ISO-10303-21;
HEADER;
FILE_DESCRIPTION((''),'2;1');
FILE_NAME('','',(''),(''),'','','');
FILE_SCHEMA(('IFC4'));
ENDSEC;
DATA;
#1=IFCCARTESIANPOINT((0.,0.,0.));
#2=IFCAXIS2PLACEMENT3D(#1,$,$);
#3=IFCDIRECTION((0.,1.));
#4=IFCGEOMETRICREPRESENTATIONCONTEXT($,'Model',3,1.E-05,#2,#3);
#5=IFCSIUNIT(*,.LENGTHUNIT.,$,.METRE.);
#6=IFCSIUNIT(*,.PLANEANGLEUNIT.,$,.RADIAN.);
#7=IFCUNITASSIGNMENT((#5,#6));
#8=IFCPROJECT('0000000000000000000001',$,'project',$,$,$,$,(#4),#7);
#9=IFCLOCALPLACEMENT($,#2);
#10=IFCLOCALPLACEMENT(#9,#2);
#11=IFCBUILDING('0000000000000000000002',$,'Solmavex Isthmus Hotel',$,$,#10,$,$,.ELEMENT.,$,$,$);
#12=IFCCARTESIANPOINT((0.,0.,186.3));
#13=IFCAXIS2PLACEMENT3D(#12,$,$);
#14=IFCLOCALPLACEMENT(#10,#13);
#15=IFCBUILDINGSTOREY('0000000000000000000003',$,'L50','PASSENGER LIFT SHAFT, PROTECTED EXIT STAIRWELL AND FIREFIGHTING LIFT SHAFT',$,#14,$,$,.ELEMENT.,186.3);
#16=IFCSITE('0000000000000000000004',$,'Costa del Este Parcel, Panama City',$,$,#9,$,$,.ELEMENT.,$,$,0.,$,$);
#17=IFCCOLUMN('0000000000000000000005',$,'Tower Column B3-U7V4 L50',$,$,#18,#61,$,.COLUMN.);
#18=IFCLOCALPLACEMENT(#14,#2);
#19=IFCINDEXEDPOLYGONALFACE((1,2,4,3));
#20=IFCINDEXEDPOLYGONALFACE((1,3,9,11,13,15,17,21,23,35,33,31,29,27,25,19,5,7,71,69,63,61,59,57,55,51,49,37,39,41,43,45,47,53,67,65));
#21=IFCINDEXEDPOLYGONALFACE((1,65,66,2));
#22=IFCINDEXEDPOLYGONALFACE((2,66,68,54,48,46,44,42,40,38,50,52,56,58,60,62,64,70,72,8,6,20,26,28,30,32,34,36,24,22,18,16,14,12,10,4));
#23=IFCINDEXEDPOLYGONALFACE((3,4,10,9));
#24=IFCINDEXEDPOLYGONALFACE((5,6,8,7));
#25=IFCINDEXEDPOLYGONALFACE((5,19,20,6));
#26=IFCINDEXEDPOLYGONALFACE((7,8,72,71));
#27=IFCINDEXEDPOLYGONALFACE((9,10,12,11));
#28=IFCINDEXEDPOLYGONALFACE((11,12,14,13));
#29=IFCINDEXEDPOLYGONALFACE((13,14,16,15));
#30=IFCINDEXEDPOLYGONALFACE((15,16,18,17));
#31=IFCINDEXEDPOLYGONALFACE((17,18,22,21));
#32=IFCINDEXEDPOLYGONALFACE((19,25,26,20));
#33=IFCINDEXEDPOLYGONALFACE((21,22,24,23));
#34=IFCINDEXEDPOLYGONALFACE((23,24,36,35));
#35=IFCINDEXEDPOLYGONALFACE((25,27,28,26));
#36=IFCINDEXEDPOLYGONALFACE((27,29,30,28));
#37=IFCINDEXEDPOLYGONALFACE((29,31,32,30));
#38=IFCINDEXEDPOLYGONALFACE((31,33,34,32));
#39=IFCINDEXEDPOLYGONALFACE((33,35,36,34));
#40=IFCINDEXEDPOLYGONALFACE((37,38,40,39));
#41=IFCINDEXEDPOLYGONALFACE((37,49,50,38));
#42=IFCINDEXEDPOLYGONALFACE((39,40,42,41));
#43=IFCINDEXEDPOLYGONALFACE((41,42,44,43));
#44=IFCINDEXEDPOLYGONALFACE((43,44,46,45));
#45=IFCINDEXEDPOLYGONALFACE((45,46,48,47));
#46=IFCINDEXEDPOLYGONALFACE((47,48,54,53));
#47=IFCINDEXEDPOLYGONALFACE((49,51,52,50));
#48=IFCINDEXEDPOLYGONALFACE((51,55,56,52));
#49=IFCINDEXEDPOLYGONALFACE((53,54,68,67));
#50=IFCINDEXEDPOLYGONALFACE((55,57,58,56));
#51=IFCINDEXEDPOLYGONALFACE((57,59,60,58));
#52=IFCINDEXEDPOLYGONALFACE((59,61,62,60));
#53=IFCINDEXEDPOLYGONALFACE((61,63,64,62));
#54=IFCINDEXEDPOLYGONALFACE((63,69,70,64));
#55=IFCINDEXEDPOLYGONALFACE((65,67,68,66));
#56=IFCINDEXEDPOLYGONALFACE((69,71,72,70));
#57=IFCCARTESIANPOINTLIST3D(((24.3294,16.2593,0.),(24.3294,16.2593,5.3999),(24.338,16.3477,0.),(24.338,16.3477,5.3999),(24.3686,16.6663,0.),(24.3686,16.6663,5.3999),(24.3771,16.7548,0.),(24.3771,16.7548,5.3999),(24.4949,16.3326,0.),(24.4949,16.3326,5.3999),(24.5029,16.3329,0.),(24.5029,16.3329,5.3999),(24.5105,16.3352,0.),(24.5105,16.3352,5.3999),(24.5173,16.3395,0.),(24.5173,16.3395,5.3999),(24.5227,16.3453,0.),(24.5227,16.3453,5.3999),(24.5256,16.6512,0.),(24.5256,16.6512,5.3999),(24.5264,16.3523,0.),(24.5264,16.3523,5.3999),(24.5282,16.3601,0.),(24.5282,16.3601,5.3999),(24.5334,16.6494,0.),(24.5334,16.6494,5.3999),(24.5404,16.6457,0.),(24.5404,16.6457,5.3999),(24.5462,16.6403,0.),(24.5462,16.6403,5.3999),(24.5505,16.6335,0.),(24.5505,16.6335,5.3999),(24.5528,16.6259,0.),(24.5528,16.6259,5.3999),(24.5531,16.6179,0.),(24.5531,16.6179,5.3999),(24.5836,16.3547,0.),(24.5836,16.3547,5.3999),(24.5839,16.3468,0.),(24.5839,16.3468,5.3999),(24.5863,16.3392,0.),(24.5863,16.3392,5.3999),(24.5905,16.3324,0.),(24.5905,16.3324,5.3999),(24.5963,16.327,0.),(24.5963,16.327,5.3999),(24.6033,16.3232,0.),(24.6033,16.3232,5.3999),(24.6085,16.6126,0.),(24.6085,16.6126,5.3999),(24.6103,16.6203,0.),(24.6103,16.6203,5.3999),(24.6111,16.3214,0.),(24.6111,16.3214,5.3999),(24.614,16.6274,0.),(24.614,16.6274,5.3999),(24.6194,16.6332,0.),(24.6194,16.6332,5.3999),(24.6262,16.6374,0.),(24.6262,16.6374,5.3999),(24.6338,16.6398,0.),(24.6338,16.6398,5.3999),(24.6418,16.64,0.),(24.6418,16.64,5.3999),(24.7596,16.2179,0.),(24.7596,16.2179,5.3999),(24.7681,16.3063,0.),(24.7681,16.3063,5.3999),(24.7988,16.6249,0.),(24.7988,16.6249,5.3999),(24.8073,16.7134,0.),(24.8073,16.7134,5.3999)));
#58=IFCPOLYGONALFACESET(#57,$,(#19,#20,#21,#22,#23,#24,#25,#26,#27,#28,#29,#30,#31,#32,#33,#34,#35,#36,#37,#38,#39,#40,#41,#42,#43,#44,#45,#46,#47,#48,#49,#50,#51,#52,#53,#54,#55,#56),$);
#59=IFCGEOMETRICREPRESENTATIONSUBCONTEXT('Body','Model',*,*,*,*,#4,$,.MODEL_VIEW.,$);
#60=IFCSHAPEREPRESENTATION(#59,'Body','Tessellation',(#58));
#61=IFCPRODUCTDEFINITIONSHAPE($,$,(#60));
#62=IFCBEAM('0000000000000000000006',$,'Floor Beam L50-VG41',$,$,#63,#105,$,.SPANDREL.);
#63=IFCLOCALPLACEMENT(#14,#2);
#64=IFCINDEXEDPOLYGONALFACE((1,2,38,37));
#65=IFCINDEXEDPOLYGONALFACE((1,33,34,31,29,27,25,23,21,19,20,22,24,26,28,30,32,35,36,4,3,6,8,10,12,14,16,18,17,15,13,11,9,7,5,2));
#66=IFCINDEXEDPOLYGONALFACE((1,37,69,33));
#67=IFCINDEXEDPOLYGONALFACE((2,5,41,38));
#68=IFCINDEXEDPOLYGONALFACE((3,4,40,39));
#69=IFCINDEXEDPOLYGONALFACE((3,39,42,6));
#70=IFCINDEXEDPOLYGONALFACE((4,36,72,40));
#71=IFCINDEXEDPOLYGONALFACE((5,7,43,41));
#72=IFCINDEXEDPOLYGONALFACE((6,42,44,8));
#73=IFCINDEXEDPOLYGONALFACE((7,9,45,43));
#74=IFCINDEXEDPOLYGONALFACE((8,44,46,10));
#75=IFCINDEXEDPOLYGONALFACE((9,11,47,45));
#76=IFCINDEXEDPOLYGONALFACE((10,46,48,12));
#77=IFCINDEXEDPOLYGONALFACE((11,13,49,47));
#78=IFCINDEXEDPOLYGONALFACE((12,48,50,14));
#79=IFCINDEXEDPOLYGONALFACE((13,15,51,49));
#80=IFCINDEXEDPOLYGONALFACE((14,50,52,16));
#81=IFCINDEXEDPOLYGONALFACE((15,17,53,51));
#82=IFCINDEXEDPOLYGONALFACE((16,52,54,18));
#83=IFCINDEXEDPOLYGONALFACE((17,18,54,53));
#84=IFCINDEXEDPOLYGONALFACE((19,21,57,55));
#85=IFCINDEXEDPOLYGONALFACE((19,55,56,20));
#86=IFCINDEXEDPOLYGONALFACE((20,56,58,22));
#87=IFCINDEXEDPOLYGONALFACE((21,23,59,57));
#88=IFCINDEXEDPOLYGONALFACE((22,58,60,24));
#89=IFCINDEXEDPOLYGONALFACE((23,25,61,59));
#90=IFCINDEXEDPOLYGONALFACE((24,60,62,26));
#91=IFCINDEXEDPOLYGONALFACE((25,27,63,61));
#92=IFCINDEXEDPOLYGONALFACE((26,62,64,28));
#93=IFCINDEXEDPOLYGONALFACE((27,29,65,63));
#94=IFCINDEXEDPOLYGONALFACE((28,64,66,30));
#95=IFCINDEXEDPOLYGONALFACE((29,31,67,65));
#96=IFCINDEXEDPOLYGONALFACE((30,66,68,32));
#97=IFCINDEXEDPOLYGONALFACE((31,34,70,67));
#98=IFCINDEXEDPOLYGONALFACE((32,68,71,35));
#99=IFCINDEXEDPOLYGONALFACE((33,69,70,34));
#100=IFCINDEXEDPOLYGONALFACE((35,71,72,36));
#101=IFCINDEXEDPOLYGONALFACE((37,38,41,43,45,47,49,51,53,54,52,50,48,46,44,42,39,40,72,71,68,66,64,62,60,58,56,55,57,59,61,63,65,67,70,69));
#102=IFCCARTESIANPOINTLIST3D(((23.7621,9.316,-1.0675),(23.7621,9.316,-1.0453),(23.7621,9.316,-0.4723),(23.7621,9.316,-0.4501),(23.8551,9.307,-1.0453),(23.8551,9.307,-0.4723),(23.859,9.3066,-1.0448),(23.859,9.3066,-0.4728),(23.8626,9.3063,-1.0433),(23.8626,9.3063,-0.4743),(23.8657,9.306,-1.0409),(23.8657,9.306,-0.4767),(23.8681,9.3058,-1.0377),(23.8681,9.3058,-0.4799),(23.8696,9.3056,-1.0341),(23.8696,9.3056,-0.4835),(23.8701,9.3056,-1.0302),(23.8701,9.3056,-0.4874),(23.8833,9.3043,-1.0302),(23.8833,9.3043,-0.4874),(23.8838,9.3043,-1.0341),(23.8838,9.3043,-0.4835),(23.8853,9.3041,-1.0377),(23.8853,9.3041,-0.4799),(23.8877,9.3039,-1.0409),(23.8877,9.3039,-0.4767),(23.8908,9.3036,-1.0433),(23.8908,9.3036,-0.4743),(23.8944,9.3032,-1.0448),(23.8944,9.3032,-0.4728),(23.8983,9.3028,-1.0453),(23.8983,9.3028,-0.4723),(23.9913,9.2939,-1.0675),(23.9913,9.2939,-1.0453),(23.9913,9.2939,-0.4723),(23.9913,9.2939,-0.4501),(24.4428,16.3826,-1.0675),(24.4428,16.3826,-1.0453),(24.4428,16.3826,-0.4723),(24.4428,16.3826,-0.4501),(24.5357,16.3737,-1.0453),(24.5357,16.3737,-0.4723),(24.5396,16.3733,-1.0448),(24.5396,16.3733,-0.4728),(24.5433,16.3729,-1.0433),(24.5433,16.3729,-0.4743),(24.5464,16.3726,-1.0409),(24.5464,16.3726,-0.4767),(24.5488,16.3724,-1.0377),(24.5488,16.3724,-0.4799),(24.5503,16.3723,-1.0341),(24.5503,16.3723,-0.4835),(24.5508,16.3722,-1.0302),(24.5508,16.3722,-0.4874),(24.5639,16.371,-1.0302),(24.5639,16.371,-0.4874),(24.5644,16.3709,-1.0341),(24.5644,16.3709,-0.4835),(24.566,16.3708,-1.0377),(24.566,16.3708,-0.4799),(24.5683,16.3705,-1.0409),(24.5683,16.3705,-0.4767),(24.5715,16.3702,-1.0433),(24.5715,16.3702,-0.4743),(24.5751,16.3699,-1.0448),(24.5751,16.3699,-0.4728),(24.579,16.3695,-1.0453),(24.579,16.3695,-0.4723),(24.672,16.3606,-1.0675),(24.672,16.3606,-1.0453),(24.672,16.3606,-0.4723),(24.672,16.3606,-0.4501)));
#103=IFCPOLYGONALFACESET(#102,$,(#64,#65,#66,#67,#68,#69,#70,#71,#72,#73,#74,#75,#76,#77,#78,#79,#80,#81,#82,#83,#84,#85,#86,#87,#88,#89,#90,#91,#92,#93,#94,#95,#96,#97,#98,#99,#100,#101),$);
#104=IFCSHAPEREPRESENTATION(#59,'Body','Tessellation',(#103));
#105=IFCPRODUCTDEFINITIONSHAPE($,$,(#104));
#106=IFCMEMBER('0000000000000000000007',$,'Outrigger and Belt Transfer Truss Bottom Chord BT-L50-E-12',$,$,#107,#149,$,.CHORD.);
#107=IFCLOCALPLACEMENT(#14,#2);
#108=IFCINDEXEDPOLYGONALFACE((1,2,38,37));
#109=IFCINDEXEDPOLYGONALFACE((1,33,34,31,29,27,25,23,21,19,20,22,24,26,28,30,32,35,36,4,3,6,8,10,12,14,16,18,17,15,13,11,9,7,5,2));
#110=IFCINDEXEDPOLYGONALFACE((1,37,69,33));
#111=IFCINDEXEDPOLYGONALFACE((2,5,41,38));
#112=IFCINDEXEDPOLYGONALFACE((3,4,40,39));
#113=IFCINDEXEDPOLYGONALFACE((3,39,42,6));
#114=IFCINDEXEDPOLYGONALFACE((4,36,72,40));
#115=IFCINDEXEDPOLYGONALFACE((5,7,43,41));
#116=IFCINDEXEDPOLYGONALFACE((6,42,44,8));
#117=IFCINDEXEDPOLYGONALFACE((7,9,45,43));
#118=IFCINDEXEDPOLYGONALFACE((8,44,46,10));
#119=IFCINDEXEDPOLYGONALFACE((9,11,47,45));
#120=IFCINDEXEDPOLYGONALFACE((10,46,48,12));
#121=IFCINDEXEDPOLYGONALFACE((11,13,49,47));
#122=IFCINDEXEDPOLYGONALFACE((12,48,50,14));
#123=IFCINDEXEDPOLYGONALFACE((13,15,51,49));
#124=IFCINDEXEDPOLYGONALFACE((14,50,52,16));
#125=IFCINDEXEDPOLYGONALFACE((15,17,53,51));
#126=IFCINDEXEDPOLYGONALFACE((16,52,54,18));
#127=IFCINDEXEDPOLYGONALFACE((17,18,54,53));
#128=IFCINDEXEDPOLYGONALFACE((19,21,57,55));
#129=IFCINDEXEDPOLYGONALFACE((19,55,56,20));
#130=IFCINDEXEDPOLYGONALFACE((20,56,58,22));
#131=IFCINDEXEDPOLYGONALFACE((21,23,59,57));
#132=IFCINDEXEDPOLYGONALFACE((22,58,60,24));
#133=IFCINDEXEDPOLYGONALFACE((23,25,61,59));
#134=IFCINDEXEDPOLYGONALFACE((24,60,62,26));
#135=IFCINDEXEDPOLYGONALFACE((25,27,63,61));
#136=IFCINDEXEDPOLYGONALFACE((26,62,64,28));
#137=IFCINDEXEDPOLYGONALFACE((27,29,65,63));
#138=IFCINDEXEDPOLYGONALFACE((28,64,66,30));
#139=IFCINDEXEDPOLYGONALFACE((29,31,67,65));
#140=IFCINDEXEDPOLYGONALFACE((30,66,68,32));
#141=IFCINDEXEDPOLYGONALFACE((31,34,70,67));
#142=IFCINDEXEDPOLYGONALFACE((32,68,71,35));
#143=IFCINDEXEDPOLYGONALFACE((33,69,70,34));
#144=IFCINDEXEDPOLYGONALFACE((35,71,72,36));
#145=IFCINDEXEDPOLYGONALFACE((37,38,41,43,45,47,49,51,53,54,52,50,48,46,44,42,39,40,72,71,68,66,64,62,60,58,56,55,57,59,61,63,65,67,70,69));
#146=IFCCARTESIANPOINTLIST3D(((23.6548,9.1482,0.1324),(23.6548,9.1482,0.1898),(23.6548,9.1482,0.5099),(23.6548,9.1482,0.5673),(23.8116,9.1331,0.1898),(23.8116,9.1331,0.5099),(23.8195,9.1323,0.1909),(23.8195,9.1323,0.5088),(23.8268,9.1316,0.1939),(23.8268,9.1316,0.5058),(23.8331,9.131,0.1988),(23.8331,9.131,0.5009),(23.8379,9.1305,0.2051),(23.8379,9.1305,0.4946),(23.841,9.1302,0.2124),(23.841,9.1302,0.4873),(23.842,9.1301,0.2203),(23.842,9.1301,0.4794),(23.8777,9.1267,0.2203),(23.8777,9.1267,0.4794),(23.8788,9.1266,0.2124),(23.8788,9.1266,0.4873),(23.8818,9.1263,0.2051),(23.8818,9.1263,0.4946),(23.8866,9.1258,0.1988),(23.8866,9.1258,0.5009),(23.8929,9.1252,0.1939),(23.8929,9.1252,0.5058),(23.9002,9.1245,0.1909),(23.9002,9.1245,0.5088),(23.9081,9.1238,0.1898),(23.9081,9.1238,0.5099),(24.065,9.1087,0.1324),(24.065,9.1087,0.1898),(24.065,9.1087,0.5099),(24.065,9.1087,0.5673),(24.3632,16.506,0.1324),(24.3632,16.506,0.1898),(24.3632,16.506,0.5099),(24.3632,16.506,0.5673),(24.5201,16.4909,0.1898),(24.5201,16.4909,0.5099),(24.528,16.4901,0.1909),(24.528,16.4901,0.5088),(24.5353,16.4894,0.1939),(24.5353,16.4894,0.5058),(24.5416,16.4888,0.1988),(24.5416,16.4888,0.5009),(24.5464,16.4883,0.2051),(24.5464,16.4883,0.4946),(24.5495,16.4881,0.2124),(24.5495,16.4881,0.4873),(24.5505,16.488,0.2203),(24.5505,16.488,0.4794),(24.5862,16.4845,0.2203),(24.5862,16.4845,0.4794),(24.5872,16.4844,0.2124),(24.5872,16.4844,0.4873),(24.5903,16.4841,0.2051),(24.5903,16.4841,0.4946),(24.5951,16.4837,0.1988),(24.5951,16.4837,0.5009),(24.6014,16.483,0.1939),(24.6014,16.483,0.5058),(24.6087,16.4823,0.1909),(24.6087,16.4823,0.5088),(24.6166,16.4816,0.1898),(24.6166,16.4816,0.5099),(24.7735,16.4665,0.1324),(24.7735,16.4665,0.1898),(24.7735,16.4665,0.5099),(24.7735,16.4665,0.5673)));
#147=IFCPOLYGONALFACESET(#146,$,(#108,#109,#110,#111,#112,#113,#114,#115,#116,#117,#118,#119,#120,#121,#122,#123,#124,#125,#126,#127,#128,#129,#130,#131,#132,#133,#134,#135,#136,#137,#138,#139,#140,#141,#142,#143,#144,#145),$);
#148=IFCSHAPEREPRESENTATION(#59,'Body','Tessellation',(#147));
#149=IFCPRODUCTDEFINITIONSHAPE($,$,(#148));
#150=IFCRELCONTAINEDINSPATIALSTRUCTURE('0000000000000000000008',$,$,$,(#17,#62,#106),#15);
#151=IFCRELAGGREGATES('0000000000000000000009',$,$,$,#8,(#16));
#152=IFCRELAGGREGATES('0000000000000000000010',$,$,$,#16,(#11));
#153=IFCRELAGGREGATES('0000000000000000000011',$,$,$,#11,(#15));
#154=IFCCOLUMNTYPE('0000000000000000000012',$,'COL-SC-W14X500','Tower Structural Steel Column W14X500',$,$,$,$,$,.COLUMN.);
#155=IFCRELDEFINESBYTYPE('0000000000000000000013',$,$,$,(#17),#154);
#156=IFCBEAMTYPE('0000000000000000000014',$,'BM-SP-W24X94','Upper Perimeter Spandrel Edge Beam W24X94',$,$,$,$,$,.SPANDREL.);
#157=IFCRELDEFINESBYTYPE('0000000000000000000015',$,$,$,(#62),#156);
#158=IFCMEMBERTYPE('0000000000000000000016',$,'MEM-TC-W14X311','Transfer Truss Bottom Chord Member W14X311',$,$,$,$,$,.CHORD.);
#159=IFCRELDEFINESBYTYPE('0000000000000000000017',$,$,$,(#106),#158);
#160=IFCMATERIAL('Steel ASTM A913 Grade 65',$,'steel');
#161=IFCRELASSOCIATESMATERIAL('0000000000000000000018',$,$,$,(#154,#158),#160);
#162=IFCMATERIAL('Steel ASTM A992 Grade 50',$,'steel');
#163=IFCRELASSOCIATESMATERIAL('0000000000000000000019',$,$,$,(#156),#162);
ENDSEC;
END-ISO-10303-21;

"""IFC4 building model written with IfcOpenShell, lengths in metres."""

from ifc_helpers import new_model, si_unit, direction, frame, origin, origin_2d, place, context, subcontext, project, spatial, i_section, extrude, material, material_profile, profile_set, type_object, element, save


model = new_model("IFC4")

# Units and contexts
model_context = context("Model", 3, precision=1e-05, world=origin(), true_north=direction((0.0, 1.0)))
body_context = subcontext(model_context, "Body", "Model", "MODEL_VIEW")
ifc_project = project(units=[si_unit("LENGTHUNIT", "METRE"), si_unit("PLANEANGLEUNIT", "RADIAN")], contexts=[model_context])

# Site, building, storey
site_placement = place(None, origin())
site = spatial("IfcSite", under=ifc_project, at=site_placement, Name="Costa del Este Parcel, Panama City", CompositionType="ELEMENT", RefElevation=0.0)
building_placement = place(site_placement, origin())
building = spatial("IfcBuilding", under=site, at=building_placement, Name="Solmavex Isthmus Hotel", CompositionType="ELEMENT")
storey_placement = place(building_placement, frame((0.0, 0.0, 186.3)))
storey = spatial("IfcBuildingStorey", under=building, at=storey_placement, Name="L50", Description="PASSENGER LIFT SHAFT, PROTECTED EXIT STAIRWELL AND FIREFIGHTING LIFT SHAFT", CompositionType="ELEMENT", Elevation=186.3)

# Column
ifc_material_1 = material(Name="Steel ASTM A913 Grade 65", Category="steel")
ifc_material_profile_1 = material_profile(ifc_material_1, i_section(OverallWidth=0.4321, OverallDepth=0.4978, WebThickness=0.0557, FlangeThickness=0.0889, FilletRadius=0.0305, at=origin_2d()), Name="W14X500")
ifc_profile_set_1 = profile_set([ifc_material_profile_1], Name="Steel ASTM A913 Grade 65")
column_type = type_object("IfcColumnType", Name="COL-SC-W14X500", Description="Tower Structural Steel Column W14X500", PredefinedType="COLUMN", material=ifc_profile_set_1)
column_placement = place(storey_placement, frame((24.5684, 16.4863, 0.0), z_axis=(0.0, 0.0, 1.0), x_axis=(0.995396, -0.095846, 0.0)))
element("IfcColumn", 1, at=column_placement, inside=storey, type_object=column_type, Name="Tower Column B3-U7V4 L50", PredefinedType="COLUMN", context=body_context, shape_type="SweptSolid", body=[
    extrude(i_section(OverallWidth=0.4321, OverallDepth=0.4978, WebThickness=0.0557, FlangeThickness=0.0889, FilletRadius=0.0305, at=origin_2d()), origin(), (0.0, 0.0, 1.0), 5.3999),
])

# Beam
ifc_material_2 = material(Name="Steel ASTM A992 Grade 50", Category="steel")
ifc_material_profile_2 = material_profile(ifc_material_2, i_section(OverallWidth=0.2302, OverallDepth=0.6174, WebThickness=0.0132, FlangeThickness=0.0222, FilletRadius=0.0151, at=origin_2d()), Name="W24X94")
ifc_profile_set_2 = profile_set([ifc_material_profile_2], Name="Steel ASTM A992 Grade 50")
beam_type = type_object("IfcBeamType", Name="BM-SP-W24X94", Description="Upper Perimeter Spandrel Edge Beam W24X94", PredefinedType="SPANDREL", material=ifc_profile_set_2)
beam_placement = place(storey_placement, frame((23.8767, 9.3049, -0.7588), z_axis=(0.095877, 0.995393, 0.0), x_axis=(-0.995393, 0.095877, 0.0)))
element("IfcBeam", 2, at=beam_placement, inside=storey, type_object=beam_type, Name="Floor Beam L50-VG41", PredefinedType="SPANDREL", context=body_context, shape_type="SweptSolid", body=[
    extrude(i_section(OverallWidth=0.2302, OverallDepth=0.6174, WebThickness=0.0132, FlangeThickness=0.0222, FilletRadius=0.0151, at=origin_2d()), origin(), (0.0, 0.0, 1.0), 7.0994),
])

# Member
ifc_material_profile_3 = material_profile(ifc_material_1, i_section(OverallWidth=0.4121, OverallDepth=0.4348, WebThickness=0.0359, FlangeThickness=0.0574, FilletRadius=0.0305, at=origin_2d()), Name="W14X311")
ifc_profile_set_3 = profile_set([ifc_material_profile_3], Name="Steel ASTM A913 Grade 65")
member_type_1 = type_object("IfcMemberType", Name="MEM-TC-W14X311", Description="Transfer Truss Bottom Chord Member W14X311", PredefinedType="CHORD", material=ifc_profile_set_3)
member_1_placement = place(storey_placement, frame((23.8599, 9.1284, 0.3499), z_axis=(0.095847, 0.995396, 0.0), x_axis=(-0.995396, 0.095847, 0.0)))
element("IfcMember", 3, at=member_1_placement, inside=storey, type_object=member_type_1, Name="Outrigger and Belt Transfer Truss Bottom Chord BT-L50-E-12", PredefinedType="CHORD", context=body_context, shape_type="SweptSolid", body=[
    extrude(i_section(OverallWidth=0.4121, OverallDepth=0.4348, WebThickness=0.0359, FlangeThickness=0.0574, FilletRadius=0.0305, at=origin_2d()), origin(), (0.0, 0.0, 1.0), 7.3918),
])

save(model, "model.ifc")
